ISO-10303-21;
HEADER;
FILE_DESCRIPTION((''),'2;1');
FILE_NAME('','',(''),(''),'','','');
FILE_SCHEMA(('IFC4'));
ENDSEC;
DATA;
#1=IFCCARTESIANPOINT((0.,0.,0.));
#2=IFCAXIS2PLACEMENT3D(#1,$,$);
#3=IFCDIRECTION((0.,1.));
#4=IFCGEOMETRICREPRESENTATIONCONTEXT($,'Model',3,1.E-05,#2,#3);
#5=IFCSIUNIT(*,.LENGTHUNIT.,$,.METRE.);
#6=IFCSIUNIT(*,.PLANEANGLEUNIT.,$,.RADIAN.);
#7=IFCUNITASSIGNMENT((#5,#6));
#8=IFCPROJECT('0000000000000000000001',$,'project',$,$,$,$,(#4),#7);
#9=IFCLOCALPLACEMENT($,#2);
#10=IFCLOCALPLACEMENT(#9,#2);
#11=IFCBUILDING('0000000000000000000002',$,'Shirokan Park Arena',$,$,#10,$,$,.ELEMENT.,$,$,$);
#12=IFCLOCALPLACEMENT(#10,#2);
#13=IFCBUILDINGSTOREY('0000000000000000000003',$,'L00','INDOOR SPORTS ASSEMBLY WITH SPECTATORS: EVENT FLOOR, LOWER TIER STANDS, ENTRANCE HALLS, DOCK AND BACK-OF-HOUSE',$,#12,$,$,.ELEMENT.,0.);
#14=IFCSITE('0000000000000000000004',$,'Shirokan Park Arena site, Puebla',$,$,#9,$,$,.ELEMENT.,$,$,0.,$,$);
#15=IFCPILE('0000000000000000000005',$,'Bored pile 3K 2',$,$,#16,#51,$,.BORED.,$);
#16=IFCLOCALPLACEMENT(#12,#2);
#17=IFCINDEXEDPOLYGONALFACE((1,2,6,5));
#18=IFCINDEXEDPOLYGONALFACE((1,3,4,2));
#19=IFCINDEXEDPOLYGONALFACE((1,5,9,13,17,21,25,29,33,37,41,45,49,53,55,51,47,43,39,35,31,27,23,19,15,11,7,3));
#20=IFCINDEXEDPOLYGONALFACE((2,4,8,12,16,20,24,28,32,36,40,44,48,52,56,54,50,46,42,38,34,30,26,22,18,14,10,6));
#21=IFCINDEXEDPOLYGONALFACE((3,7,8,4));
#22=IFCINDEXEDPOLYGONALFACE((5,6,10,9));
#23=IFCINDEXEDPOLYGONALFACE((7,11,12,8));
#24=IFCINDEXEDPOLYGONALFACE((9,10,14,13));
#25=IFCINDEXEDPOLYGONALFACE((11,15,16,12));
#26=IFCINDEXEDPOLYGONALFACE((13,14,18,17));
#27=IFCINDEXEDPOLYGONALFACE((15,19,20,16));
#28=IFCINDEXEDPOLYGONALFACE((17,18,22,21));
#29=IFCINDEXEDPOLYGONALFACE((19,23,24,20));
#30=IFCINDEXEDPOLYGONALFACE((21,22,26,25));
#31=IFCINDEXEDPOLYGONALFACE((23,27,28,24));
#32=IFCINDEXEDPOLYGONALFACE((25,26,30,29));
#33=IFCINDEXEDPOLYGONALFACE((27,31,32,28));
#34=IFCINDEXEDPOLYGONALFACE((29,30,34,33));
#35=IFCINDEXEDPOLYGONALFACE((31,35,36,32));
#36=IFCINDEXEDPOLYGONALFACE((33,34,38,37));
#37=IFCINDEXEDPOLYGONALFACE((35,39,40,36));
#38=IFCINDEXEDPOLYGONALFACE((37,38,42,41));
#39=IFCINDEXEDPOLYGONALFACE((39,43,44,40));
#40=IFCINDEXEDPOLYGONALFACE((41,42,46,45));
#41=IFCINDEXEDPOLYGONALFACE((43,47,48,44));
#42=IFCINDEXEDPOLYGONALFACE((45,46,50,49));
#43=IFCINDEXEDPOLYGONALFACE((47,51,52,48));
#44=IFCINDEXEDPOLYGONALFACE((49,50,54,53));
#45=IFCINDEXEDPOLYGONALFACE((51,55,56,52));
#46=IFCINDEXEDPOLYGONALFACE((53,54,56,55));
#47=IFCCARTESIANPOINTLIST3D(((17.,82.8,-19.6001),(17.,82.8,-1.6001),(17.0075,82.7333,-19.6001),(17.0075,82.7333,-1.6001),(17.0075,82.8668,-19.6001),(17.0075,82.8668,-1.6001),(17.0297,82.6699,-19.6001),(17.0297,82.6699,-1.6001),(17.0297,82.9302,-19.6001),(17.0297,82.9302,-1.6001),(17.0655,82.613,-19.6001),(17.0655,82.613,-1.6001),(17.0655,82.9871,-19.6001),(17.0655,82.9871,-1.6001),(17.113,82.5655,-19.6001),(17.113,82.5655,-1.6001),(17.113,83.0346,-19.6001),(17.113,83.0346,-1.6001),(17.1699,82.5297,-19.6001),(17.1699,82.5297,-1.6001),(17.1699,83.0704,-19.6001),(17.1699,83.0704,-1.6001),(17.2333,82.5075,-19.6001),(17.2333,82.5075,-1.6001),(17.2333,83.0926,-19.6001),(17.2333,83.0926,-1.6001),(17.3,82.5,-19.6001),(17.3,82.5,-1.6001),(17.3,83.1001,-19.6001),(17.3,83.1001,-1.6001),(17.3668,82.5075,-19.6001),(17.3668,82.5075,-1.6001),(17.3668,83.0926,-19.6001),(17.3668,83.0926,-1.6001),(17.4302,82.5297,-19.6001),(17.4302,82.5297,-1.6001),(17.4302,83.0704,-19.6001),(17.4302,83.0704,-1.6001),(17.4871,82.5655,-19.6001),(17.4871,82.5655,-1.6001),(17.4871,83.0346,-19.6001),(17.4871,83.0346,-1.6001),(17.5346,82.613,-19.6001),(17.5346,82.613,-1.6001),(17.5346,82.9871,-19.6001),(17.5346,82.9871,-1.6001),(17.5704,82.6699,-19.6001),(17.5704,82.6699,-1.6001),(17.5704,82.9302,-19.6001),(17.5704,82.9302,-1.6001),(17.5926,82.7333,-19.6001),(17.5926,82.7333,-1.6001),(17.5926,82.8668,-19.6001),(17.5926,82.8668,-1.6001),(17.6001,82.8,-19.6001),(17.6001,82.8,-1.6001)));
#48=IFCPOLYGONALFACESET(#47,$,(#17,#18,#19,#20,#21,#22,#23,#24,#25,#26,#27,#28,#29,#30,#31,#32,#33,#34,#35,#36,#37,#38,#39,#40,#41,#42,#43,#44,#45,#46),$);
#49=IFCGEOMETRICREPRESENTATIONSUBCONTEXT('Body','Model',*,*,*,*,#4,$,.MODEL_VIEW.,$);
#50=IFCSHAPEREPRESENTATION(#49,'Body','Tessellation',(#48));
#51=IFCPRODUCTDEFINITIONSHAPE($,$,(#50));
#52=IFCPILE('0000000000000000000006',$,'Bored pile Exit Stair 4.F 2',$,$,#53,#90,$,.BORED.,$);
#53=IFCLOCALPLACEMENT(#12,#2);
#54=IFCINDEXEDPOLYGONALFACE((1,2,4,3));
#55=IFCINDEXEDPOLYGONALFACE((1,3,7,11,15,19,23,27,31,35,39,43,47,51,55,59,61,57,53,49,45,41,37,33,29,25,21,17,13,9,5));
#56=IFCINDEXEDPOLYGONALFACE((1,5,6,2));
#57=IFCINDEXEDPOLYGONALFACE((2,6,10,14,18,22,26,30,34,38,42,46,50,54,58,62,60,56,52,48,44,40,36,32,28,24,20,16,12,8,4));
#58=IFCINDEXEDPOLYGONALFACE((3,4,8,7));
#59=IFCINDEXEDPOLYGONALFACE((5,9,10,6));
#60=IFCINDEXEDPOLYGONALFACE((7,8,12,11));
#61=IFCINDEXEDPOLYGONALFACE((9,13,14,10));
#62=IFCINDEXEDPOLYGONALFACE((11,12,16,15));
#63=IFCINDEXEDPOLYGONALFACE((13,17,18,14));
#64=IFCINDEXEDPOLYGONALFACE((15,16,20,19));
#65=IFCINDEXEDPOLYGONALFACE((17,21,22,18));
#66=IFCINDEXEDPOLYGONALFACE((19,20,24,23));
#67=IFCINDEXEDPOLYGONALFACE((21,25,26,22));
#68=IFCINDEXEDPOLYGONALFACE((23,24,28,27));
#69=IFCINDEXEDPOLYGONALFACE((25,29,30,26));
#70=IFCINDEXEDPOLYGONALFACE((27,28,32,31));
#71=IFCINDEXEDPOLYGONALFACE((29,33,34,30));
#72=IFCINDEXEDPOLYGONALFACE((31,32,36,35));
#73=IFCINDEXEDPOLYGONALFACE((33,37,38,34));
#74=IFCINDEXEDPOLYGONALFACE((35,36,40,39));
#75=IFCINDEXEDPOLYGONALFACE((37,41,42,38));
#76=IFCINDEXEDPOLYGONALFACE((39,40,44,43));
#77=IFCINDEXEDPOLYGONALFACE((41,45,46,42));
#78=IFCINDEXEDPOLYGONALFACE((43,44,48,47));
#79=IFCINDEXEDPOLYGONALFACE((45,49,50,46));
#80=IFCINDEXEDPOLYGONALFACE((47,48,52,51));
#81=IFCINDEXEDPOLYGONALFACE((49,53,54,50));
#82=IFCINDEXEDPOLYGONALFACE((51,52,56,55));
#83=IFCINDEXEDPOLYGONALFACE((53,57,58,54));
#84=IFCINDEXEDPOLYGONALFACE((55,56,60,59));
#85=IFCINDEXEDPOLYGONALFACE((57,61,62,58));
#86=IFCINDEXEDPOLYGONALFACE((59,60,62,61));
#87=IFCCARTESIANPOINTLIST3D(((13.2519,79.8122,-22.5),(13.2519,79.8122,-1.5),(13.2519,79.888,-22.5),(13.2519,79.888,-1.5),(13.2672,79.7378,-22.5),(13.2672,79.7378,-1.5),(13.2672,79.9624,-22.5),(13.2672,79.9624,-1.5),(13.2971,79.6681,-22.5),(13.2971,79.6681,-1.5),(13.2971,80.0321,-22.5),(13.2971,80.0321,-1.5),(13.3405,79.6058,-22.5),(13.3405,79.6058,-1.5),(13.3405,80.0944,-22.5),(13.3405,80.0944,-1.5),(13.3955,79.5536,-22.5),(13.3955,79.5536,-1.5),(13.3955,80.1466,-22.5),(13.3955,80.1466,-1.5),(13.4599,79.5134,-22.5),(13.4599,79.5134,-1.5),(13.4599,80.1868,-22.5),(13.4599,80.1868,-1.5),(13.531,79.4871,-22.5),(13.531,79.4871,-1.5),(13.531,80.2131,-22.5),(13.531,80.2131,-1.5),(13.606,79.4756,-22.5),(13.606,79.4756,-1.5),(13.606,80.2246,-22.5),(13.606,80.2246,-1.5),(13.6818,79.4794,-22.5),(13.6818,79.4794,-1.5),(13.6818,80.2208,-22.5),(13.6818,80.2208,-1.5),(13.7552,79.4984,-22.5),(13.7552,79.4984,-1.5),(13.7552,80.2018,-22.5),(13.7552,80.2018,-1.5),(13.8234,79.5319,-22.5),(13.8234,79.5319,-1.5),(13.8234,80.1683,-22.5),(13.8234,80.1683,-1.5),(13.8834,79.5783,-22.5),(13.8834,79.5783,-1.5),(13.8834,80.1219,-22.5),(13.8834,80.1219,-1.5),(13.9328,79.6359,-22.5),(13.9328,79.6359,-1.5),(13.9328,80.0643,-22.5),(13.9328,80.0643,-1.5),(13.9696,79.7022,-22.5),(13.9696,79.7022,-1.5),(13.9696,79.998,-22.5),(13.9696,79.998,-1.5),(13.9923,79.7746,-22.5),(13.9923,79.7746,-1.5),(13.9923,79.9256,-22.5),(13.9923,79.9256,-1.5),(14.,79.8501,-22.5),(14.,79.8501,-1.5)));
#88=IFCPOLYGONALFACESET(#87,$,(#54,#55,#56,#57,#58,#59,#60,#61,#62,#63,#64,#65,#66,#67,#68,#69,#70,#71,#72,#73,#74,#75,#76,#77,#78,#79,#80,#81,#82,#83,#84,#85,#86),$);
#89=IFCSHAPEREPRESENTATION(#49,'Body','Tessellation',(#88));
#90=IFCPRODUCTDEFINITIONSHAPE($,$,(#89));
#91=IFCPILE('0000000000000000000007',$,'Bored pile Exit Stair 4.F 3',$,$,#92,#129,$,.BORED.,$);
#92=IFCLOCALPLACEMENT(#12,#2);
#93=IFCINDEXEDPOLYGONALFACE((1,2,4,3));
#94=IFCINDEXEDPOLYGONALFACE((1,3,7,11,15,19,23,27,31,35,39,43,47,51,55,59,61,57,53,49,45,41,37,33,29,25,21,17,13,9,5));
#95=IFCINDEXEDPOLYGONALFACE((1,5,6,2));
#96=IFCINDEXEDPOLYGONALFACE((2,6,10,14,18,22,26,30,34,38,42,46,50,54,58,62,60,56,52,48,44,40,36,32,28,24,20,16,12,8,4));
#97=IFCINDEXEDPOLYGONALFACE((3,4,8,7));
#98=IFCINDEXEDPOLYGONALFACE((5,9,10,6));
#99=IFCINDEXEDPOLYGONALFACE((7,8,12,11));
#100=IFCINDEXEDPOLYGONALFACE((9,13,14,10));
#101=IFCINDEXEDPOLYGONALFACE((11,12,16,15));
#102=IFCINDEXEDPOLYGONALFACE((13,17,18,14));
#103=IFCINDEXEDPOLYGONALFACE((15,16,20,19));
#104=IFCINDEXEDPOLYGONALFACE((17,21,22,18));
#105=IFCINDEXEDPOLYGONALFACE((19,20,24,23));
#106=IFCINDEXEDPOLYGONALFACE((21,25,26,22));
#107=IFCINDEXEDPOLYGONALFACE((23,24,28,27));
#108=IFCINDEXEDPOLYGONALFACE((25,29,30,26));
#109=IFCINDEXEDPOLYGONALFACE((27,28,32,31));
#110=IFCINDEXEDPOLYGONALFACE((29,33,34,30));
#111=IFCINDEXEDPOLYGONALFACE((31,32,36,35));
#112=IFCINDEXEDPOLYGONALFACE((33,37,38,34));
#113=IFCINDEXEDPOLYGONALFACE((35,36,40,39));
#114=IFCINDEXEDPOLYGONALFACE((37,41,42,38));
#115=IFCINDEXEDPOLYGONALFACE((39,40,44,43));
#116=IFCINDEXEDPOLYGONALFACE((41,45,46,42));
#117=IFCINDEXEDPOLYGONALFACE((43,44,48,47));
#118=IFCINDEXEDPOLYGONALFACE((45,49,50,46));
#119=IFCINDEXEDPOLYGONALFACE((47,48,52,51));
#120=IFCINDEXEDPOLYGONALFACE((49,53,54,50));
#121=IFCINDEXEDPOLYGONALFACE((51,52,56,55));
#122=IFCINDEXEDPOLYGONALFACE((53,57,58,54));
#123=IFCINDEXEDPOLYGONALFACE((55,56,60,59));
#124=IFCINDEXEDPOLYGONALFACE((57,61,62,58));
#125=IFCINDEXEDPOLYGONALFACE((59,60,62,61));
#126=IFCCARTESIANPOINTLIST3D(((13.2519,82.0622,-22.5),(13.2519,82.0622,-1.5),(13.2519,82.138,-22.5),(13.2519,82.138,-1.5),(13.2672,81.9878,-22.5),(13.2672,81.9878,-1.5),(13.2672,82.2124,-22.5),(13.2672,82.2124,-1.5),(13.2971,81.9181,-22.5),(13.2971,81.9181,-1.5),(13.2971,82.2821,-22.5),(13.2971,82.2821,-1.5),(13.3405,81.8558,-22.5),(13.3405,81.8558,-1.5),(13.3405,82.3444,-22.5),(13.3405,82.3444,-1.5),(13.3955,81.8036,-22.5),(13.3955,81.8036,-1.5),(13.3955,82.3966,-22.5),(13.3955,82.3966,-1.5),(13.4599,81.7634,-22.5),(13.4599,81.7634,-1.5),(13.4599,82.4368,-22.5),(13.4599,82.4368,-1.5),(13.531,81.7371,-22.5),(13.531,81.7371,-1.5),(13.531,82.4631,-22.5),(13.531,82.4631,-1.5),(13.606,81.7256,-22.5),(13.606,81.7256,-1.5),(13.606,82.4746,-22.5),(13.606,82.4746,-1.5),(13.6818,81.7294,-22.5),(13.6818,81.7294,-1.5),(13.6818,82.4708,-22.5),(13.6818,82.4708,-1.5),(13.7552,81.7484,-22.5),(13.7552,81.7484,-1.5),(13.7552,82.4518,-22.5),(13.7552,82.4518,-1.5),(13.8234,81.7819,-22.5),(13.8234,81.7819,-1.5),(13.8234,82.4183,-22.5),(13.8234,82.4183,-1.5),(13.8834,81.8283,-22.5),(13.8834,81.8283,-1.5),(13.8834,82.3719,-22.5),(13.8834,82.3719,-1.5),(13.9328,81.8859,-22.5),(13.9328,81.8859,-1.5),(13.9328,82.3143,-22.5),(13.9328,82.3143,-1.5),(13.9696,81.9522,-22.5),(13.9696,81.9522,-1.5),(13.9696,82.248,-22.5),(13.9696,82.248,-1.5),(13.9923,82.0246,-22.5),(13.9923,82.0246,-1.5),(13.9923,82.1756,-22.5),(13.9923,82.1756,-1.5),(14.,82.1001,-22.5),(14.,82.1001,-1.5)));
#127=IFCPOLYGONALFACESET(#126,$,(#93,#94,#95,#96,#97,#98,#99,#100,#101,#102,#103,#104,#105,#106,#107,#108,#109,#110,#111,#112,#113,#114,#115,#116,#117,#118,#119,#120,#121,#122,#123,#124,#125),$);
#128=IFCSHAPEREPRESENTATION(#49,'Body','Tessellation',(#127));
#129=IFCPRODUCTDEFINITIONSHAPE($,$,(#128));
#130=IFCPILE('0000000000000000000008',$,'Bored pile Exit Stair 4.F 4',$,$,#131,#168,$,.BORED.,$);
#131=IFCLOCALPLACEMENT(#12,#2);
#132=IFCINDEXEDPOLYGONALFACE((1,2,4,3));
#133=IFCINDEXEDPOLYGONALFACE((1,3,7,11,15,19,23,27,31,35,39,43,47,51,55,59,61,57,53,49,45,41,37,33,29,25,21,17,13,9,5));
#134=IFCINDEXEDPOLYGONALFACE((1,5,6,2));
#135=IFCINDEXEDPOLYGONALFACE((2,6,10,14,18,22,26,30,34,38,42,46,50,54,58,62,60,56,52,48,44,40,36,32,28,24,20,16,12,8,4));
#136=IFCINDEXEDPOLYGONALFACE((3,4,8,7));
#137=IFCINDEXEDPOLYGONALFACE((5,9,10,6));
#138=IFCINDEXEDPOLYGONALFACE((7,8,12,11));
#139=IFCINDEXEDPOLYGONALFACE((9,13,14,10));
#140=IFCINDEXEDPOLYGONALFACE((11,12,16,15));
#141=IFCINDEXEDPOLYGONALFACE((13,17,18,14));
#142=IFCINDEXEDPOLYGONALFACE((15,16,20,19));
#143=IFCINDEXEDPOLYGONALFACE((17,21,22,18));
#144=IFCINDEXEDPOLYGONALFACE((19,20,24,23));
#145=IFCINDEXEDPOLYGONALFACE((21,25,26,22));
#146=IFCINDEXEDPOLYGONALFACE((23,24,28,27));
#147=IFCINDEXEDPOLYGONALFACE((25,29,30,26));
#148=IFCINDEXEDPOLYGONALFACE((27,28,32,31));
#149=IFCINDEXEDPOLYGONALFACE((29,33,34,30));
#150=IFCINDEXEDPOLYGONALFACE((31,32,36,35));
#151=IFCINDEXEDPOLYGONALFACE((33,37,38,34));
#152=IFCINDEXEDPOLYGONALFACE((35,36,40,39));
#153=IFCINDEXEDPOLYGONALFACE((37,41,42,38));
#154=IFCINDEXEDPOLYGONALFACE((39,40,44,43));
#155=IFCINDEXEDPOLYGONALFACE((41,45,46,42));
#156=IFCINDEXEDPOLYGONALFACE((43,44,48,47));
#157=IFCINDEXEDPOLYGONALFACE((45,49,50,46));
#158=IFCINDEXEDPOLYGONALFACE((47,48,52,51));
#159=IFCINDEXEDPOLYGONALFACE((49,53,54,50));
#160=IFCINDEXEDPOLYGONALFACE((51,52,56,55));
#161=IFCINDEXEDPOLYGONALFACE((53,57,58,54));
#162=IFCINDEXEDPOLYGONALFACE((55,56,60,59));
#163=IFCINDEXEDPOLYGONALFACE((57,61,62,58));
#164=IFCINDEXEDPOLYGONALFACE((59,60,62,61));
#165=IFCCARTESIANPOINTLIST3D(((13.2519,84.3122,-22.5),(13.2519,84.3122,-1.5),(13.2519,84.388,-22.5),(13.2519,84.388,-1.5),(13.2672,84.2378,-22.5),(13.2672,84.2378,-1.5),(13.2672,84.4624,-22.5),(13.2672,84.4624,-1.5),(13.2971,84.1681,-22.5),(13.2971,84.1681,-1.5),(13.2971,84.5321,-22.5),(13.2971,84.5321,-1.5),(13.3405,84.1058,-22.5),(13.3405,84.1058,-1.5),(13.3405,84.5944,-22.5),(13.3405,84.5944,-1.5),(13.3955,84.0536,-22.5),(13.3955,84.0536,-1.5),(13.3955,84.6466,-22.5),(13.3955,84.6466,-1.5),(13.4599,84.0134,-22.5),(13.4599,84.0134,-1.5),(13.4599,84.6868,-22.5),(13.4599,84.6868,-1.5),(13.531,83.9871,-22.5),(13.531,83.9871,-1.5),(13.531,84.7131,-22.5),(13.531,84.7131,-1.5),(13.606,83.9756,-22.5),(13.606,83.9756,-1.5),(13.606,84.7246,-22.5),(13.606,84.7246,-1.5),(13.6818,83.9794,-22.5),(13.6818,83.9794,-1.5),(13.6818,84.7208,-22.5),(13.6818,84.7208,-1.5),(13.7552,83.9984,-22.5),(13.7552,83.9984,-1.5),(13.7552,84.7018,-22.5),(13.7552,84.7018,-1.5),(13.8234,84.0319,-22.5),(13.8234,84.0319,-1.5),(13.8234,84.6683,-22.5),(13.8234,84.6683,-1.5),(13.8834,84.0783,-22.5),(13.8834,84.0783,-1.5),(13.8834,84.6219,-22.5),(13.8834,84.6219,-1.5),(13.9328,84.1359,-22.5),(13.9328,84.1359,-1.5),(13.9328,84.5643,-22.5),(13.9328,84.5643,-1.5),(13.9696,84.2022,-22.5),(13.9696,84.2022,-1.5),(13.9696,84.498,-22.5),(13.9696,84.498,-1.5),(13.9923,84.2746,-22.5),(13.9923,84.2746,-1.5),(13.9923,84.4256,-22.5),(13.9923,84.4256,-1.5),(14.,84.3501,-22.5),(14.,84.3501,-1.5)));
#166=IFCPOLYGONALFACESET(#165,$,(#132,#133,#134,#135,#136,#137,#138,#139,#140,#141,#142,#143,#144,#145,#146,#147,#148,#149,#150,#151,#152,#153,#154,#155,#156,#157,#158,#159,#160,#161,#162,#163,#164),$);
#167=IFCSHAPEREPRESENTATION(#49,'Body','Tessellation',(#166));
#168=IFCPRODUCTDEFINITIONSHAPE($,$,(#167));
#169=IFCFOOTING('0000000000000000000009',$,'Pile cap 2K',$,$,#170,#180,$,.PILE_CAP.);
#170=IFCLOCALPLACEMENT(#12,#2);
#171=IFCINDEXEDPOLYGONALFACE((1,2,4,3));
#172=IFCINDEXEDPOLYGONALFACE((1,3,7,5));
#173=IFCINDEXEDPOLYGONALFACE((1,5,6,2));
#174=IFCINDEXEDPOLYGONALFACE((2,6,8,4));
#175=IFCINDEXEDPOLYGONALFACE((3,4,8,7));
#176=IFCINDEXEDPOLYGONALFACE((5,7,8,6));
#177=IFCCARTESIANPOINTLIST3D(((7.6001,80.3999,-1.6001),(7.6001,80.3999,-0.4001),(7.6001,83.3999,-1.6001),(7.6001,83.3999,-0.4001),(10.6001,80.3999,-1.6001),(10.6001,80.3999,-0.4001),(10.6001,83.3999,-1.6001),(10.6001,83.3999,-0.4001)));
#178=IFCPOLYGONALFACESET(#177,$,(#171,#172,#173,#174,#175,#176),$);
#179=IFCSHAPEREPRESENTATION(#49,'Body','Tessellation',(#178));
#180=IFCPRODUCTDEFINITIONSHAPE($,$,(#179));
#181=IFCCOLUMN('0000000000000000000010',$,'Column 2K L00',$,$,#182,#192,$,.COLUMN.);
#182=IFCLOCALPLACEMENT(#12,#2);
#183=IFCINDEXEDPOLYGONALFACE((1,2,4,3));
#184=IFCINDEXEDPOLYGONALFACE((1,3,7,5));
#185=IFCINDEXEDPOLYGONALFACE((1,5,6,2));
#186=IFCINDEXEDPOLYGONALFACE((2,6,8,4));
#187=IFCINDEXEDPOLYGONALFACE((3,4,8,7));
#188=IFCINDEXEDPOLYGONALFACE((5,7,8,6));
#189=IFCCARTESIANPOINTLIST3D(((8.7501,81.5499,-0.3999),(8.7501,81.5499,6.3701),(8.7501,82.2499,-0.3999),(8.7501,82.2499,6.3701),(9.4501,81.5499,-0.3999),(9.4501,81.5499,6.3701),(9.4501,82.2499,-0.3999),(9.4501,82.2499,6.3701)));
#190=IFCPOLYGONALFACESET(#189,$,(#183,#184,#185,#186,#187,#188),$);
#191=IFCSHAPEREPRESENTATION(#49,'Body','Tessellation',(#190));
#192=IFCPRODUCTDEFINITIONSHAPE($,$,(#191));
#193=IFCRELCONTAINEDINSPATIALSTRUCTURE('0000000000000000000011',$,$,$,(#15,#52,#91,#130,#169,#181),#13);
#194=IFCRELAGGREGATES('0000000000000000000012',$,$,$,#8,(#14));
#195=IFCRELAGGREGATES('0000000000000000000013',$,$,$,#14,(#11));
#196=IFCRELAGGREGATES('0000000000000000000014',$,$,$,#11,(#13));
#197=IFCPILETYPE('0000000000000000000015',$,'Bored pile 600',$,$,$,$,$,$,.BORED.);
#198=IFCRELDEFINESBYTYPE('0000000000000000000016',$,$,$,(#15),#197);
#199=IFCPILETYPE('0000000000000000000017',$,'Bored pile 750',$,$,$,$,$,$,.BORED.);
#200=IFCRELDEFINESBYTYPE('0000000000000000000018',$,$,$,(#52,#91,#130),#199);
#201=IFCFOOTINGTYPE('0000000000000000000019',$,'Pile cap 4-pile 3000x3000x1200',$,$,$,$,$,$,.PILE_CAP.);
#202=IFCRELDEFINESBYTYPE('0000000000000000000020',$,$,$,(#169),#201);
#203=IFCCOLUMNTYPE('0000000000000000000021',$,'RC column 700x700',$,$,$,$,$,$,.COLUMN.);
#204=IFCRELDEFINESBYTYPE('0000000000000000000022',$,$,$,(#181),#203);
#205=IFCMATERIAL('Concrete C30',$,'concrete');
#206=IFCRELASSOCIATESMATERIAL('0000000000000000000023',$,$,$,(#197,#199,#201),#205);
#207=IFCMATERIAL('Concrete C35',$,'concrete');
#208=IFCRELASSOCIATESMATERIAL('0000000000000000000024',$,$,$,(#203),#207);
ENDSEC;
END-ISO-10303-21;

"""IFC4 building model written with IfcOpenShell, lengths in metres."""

from ifc_helpers import new_model, si_unit, direction, frame, origin, origin_2d, place, context, subcontext, project, spatial, rectangle, circle, extrude, material, material_profile, profile_set, type_object, element, save


model = new_model("IFC4")

# Units and contexts
model_context = context("Model", 3, precision=1e-05, world=origin(), true_north=direction((0.0, 1.0)))
body_context = subcontext(model_context, "Body", "Model", "MODEL_VIEW")
ifc_project = project(units=[si_unit("LENGTHUNIT", "METRE"), si_unit("PLANEANGLEUNIT", "RADIAN")], contexts=[model_context])

# Site, building, storey
site_placement = place(None, origin())
site = spatial("IfcSite", under=ifc_project, at=site_placement, Name="Shirokan Park Arena site, Puebla", CompositionType="ELEMENT", RefElevation=0.0)
building_placement = place(site_placement, origin())
building = spatial("IfcBuilding", under=site, at=building_placement, Name="Shirokan Park Arena", CompositionType="ELEMENT")
storey_placement = place(building_placement, origin())
storey = spatial("IfcBuildingStorey", under=building, at=storey_placement, Name="L00", Description="INDOOR SPORTS ASSEMBLY WITH SPECTATORS: EVENT FLOOR, LOWER TIER STANDS, ENTRANCE HALLS, DOCK AND BACK-OF-HOUSE", CompositionType="ELEMENT", Elevation=0.0)

# Piles
ifc_material_1 = material(Name="Concrete C30", Category="concrete")
ifc_material_profile_1 = material_profile(ifc_material_1, circle(Radius=0.3, at=origin_2d()), Name="D600")
ifc_profile_set_1 = profile_set([ifc_material_profile_1], Name="Concrete C30")
pile_type_1 = type_object("IfcPileType", Name="Bored pile 600", PredefinedType="BORED", material=ifc_profile_set_1)
for number, where, z_axis, x_axis, name in (
    (1, (17.3, 82.8, -1.6001), (0.0, 0.0, -1.0), (1.0, 0.0, 0.0), "Bored pile 3K 2"),
):
    element("IfcPile", number, at=place(storey_placement, frame(where, z_axis=z_axis, x_axis=x_axis)), inside=storey, type_object=pile_type_1, Name=name, PredefinedType="BORED", context=body_context, shape_type="SweptSolid", body=[
        extrude(circle(Radius=0.3, at=origin_2d()), origin(), (0.0, 0.0, 1.0), 18.0),
    ])
ifc_material_profile_2 = material_profile(ifc_material_1, circle(Radius=0.375, at=origin_2d()), Name="D750")
ifc_profile_set_2 = profile_set([ifc_material_profile_2], Name="Concrete C30")
pile_type_2 = type_object("IfcPileType", Name="Bored pile 750", PredefinedType="BORED", material=ifc_profile_set_2)
for number, where, z_axis, x_axis, name in (
    (2, (13.625, 79.8501, -1.5), (0.0, 0.0, -1.0), (1.0, 0.0, 0.0), "Bored pile Exit Stair 4.F 2"),
    (3, (13.625, 82.1001, -1.5), (0.0, 0.0, -1.0), (1.0, 0.0, 0.0), "Bored pile Exit Stair 4.F 3"),
    (4, (13.625, 84.3501, -1.5), (0.0, 0.0, -1.0), (1.0, 0.0, 0.0), "Bored pile Exit Stair 4.F 4"),
):
    element("IfcPile", number, at=place(storey_placement, frame(where, z_axis=z_axis, x_axis=x_axis)), inside=storey, type_object=pile_type_2, Name=name, PredefinedType="BORED", context=body_context, shape_type="SweptSolid", body=[
        extrude(circle(Radius=0.375, at=origin_2d()), origin(), (0.0, 0.0, 1.0), 21.0),
    ])

# Footing
footing_type = type_object("IfcFootingType", Name="Pile cap 4-pile 3000x3000x1200", PredefinedType="PILE_CAP", material=ifc_material_1)
footing_placement = place(storey_placement, frame((9.1001, 81.8999, -1.6001), z_axis=(0.0, 0.0, 1.0), x_axis=(1.0, 0.0, 0.0)))
element("IfcFooting", 5, at=footing_placement, inside=storey, type_object=footing_type, Name="Pile cap 2K", PredefinedType="PILE_CAP", context=body_context, shape_type="SweptSolid", body=[
    extrude(rectangle(XDim=3.0, YDim=3.0, at=origin_2d()), origin(), (0.0, 0.0, 1.0), 1.2),
])

# Column
ifc_material_2 = material(Name="Concrete C35", Category="concrete")
ifc_material_profile_3 = material_profile(ifc_material_2, rectangle(XDim=0.7, YDim=0.7, at=origin_2d()), Name="700x700")
ifc_profile_set_3 = profile_set([ifc_material_profile_3], Name="Concrete C35")
column_type = type_object("IfcColumnType", Name="RC column 700x700", PredefinedType="COLUMN", material=ifc_profile_set_3)
column_placement = place(storey_placement, frame((9.1001, 81.8999, -0.3999), z_axis=(0.0, 0.0, 1.0), x_axis=(1.0, 0.0, 0.0)))
element("IfcColumn", 6, at=column_placement, inside=storey, type_object=column_type, Name="Column 2K L00", PredefinedType="COLUMN", context=body_context, shape_type="SweptSolid", body=[
    extrude(rectangle(XDim=0.7, YDim=0.7, at=origin_2d()), origin(), (0.0, 0.0, 1.0), 6.77),
])

save(model, "model.ifc")
